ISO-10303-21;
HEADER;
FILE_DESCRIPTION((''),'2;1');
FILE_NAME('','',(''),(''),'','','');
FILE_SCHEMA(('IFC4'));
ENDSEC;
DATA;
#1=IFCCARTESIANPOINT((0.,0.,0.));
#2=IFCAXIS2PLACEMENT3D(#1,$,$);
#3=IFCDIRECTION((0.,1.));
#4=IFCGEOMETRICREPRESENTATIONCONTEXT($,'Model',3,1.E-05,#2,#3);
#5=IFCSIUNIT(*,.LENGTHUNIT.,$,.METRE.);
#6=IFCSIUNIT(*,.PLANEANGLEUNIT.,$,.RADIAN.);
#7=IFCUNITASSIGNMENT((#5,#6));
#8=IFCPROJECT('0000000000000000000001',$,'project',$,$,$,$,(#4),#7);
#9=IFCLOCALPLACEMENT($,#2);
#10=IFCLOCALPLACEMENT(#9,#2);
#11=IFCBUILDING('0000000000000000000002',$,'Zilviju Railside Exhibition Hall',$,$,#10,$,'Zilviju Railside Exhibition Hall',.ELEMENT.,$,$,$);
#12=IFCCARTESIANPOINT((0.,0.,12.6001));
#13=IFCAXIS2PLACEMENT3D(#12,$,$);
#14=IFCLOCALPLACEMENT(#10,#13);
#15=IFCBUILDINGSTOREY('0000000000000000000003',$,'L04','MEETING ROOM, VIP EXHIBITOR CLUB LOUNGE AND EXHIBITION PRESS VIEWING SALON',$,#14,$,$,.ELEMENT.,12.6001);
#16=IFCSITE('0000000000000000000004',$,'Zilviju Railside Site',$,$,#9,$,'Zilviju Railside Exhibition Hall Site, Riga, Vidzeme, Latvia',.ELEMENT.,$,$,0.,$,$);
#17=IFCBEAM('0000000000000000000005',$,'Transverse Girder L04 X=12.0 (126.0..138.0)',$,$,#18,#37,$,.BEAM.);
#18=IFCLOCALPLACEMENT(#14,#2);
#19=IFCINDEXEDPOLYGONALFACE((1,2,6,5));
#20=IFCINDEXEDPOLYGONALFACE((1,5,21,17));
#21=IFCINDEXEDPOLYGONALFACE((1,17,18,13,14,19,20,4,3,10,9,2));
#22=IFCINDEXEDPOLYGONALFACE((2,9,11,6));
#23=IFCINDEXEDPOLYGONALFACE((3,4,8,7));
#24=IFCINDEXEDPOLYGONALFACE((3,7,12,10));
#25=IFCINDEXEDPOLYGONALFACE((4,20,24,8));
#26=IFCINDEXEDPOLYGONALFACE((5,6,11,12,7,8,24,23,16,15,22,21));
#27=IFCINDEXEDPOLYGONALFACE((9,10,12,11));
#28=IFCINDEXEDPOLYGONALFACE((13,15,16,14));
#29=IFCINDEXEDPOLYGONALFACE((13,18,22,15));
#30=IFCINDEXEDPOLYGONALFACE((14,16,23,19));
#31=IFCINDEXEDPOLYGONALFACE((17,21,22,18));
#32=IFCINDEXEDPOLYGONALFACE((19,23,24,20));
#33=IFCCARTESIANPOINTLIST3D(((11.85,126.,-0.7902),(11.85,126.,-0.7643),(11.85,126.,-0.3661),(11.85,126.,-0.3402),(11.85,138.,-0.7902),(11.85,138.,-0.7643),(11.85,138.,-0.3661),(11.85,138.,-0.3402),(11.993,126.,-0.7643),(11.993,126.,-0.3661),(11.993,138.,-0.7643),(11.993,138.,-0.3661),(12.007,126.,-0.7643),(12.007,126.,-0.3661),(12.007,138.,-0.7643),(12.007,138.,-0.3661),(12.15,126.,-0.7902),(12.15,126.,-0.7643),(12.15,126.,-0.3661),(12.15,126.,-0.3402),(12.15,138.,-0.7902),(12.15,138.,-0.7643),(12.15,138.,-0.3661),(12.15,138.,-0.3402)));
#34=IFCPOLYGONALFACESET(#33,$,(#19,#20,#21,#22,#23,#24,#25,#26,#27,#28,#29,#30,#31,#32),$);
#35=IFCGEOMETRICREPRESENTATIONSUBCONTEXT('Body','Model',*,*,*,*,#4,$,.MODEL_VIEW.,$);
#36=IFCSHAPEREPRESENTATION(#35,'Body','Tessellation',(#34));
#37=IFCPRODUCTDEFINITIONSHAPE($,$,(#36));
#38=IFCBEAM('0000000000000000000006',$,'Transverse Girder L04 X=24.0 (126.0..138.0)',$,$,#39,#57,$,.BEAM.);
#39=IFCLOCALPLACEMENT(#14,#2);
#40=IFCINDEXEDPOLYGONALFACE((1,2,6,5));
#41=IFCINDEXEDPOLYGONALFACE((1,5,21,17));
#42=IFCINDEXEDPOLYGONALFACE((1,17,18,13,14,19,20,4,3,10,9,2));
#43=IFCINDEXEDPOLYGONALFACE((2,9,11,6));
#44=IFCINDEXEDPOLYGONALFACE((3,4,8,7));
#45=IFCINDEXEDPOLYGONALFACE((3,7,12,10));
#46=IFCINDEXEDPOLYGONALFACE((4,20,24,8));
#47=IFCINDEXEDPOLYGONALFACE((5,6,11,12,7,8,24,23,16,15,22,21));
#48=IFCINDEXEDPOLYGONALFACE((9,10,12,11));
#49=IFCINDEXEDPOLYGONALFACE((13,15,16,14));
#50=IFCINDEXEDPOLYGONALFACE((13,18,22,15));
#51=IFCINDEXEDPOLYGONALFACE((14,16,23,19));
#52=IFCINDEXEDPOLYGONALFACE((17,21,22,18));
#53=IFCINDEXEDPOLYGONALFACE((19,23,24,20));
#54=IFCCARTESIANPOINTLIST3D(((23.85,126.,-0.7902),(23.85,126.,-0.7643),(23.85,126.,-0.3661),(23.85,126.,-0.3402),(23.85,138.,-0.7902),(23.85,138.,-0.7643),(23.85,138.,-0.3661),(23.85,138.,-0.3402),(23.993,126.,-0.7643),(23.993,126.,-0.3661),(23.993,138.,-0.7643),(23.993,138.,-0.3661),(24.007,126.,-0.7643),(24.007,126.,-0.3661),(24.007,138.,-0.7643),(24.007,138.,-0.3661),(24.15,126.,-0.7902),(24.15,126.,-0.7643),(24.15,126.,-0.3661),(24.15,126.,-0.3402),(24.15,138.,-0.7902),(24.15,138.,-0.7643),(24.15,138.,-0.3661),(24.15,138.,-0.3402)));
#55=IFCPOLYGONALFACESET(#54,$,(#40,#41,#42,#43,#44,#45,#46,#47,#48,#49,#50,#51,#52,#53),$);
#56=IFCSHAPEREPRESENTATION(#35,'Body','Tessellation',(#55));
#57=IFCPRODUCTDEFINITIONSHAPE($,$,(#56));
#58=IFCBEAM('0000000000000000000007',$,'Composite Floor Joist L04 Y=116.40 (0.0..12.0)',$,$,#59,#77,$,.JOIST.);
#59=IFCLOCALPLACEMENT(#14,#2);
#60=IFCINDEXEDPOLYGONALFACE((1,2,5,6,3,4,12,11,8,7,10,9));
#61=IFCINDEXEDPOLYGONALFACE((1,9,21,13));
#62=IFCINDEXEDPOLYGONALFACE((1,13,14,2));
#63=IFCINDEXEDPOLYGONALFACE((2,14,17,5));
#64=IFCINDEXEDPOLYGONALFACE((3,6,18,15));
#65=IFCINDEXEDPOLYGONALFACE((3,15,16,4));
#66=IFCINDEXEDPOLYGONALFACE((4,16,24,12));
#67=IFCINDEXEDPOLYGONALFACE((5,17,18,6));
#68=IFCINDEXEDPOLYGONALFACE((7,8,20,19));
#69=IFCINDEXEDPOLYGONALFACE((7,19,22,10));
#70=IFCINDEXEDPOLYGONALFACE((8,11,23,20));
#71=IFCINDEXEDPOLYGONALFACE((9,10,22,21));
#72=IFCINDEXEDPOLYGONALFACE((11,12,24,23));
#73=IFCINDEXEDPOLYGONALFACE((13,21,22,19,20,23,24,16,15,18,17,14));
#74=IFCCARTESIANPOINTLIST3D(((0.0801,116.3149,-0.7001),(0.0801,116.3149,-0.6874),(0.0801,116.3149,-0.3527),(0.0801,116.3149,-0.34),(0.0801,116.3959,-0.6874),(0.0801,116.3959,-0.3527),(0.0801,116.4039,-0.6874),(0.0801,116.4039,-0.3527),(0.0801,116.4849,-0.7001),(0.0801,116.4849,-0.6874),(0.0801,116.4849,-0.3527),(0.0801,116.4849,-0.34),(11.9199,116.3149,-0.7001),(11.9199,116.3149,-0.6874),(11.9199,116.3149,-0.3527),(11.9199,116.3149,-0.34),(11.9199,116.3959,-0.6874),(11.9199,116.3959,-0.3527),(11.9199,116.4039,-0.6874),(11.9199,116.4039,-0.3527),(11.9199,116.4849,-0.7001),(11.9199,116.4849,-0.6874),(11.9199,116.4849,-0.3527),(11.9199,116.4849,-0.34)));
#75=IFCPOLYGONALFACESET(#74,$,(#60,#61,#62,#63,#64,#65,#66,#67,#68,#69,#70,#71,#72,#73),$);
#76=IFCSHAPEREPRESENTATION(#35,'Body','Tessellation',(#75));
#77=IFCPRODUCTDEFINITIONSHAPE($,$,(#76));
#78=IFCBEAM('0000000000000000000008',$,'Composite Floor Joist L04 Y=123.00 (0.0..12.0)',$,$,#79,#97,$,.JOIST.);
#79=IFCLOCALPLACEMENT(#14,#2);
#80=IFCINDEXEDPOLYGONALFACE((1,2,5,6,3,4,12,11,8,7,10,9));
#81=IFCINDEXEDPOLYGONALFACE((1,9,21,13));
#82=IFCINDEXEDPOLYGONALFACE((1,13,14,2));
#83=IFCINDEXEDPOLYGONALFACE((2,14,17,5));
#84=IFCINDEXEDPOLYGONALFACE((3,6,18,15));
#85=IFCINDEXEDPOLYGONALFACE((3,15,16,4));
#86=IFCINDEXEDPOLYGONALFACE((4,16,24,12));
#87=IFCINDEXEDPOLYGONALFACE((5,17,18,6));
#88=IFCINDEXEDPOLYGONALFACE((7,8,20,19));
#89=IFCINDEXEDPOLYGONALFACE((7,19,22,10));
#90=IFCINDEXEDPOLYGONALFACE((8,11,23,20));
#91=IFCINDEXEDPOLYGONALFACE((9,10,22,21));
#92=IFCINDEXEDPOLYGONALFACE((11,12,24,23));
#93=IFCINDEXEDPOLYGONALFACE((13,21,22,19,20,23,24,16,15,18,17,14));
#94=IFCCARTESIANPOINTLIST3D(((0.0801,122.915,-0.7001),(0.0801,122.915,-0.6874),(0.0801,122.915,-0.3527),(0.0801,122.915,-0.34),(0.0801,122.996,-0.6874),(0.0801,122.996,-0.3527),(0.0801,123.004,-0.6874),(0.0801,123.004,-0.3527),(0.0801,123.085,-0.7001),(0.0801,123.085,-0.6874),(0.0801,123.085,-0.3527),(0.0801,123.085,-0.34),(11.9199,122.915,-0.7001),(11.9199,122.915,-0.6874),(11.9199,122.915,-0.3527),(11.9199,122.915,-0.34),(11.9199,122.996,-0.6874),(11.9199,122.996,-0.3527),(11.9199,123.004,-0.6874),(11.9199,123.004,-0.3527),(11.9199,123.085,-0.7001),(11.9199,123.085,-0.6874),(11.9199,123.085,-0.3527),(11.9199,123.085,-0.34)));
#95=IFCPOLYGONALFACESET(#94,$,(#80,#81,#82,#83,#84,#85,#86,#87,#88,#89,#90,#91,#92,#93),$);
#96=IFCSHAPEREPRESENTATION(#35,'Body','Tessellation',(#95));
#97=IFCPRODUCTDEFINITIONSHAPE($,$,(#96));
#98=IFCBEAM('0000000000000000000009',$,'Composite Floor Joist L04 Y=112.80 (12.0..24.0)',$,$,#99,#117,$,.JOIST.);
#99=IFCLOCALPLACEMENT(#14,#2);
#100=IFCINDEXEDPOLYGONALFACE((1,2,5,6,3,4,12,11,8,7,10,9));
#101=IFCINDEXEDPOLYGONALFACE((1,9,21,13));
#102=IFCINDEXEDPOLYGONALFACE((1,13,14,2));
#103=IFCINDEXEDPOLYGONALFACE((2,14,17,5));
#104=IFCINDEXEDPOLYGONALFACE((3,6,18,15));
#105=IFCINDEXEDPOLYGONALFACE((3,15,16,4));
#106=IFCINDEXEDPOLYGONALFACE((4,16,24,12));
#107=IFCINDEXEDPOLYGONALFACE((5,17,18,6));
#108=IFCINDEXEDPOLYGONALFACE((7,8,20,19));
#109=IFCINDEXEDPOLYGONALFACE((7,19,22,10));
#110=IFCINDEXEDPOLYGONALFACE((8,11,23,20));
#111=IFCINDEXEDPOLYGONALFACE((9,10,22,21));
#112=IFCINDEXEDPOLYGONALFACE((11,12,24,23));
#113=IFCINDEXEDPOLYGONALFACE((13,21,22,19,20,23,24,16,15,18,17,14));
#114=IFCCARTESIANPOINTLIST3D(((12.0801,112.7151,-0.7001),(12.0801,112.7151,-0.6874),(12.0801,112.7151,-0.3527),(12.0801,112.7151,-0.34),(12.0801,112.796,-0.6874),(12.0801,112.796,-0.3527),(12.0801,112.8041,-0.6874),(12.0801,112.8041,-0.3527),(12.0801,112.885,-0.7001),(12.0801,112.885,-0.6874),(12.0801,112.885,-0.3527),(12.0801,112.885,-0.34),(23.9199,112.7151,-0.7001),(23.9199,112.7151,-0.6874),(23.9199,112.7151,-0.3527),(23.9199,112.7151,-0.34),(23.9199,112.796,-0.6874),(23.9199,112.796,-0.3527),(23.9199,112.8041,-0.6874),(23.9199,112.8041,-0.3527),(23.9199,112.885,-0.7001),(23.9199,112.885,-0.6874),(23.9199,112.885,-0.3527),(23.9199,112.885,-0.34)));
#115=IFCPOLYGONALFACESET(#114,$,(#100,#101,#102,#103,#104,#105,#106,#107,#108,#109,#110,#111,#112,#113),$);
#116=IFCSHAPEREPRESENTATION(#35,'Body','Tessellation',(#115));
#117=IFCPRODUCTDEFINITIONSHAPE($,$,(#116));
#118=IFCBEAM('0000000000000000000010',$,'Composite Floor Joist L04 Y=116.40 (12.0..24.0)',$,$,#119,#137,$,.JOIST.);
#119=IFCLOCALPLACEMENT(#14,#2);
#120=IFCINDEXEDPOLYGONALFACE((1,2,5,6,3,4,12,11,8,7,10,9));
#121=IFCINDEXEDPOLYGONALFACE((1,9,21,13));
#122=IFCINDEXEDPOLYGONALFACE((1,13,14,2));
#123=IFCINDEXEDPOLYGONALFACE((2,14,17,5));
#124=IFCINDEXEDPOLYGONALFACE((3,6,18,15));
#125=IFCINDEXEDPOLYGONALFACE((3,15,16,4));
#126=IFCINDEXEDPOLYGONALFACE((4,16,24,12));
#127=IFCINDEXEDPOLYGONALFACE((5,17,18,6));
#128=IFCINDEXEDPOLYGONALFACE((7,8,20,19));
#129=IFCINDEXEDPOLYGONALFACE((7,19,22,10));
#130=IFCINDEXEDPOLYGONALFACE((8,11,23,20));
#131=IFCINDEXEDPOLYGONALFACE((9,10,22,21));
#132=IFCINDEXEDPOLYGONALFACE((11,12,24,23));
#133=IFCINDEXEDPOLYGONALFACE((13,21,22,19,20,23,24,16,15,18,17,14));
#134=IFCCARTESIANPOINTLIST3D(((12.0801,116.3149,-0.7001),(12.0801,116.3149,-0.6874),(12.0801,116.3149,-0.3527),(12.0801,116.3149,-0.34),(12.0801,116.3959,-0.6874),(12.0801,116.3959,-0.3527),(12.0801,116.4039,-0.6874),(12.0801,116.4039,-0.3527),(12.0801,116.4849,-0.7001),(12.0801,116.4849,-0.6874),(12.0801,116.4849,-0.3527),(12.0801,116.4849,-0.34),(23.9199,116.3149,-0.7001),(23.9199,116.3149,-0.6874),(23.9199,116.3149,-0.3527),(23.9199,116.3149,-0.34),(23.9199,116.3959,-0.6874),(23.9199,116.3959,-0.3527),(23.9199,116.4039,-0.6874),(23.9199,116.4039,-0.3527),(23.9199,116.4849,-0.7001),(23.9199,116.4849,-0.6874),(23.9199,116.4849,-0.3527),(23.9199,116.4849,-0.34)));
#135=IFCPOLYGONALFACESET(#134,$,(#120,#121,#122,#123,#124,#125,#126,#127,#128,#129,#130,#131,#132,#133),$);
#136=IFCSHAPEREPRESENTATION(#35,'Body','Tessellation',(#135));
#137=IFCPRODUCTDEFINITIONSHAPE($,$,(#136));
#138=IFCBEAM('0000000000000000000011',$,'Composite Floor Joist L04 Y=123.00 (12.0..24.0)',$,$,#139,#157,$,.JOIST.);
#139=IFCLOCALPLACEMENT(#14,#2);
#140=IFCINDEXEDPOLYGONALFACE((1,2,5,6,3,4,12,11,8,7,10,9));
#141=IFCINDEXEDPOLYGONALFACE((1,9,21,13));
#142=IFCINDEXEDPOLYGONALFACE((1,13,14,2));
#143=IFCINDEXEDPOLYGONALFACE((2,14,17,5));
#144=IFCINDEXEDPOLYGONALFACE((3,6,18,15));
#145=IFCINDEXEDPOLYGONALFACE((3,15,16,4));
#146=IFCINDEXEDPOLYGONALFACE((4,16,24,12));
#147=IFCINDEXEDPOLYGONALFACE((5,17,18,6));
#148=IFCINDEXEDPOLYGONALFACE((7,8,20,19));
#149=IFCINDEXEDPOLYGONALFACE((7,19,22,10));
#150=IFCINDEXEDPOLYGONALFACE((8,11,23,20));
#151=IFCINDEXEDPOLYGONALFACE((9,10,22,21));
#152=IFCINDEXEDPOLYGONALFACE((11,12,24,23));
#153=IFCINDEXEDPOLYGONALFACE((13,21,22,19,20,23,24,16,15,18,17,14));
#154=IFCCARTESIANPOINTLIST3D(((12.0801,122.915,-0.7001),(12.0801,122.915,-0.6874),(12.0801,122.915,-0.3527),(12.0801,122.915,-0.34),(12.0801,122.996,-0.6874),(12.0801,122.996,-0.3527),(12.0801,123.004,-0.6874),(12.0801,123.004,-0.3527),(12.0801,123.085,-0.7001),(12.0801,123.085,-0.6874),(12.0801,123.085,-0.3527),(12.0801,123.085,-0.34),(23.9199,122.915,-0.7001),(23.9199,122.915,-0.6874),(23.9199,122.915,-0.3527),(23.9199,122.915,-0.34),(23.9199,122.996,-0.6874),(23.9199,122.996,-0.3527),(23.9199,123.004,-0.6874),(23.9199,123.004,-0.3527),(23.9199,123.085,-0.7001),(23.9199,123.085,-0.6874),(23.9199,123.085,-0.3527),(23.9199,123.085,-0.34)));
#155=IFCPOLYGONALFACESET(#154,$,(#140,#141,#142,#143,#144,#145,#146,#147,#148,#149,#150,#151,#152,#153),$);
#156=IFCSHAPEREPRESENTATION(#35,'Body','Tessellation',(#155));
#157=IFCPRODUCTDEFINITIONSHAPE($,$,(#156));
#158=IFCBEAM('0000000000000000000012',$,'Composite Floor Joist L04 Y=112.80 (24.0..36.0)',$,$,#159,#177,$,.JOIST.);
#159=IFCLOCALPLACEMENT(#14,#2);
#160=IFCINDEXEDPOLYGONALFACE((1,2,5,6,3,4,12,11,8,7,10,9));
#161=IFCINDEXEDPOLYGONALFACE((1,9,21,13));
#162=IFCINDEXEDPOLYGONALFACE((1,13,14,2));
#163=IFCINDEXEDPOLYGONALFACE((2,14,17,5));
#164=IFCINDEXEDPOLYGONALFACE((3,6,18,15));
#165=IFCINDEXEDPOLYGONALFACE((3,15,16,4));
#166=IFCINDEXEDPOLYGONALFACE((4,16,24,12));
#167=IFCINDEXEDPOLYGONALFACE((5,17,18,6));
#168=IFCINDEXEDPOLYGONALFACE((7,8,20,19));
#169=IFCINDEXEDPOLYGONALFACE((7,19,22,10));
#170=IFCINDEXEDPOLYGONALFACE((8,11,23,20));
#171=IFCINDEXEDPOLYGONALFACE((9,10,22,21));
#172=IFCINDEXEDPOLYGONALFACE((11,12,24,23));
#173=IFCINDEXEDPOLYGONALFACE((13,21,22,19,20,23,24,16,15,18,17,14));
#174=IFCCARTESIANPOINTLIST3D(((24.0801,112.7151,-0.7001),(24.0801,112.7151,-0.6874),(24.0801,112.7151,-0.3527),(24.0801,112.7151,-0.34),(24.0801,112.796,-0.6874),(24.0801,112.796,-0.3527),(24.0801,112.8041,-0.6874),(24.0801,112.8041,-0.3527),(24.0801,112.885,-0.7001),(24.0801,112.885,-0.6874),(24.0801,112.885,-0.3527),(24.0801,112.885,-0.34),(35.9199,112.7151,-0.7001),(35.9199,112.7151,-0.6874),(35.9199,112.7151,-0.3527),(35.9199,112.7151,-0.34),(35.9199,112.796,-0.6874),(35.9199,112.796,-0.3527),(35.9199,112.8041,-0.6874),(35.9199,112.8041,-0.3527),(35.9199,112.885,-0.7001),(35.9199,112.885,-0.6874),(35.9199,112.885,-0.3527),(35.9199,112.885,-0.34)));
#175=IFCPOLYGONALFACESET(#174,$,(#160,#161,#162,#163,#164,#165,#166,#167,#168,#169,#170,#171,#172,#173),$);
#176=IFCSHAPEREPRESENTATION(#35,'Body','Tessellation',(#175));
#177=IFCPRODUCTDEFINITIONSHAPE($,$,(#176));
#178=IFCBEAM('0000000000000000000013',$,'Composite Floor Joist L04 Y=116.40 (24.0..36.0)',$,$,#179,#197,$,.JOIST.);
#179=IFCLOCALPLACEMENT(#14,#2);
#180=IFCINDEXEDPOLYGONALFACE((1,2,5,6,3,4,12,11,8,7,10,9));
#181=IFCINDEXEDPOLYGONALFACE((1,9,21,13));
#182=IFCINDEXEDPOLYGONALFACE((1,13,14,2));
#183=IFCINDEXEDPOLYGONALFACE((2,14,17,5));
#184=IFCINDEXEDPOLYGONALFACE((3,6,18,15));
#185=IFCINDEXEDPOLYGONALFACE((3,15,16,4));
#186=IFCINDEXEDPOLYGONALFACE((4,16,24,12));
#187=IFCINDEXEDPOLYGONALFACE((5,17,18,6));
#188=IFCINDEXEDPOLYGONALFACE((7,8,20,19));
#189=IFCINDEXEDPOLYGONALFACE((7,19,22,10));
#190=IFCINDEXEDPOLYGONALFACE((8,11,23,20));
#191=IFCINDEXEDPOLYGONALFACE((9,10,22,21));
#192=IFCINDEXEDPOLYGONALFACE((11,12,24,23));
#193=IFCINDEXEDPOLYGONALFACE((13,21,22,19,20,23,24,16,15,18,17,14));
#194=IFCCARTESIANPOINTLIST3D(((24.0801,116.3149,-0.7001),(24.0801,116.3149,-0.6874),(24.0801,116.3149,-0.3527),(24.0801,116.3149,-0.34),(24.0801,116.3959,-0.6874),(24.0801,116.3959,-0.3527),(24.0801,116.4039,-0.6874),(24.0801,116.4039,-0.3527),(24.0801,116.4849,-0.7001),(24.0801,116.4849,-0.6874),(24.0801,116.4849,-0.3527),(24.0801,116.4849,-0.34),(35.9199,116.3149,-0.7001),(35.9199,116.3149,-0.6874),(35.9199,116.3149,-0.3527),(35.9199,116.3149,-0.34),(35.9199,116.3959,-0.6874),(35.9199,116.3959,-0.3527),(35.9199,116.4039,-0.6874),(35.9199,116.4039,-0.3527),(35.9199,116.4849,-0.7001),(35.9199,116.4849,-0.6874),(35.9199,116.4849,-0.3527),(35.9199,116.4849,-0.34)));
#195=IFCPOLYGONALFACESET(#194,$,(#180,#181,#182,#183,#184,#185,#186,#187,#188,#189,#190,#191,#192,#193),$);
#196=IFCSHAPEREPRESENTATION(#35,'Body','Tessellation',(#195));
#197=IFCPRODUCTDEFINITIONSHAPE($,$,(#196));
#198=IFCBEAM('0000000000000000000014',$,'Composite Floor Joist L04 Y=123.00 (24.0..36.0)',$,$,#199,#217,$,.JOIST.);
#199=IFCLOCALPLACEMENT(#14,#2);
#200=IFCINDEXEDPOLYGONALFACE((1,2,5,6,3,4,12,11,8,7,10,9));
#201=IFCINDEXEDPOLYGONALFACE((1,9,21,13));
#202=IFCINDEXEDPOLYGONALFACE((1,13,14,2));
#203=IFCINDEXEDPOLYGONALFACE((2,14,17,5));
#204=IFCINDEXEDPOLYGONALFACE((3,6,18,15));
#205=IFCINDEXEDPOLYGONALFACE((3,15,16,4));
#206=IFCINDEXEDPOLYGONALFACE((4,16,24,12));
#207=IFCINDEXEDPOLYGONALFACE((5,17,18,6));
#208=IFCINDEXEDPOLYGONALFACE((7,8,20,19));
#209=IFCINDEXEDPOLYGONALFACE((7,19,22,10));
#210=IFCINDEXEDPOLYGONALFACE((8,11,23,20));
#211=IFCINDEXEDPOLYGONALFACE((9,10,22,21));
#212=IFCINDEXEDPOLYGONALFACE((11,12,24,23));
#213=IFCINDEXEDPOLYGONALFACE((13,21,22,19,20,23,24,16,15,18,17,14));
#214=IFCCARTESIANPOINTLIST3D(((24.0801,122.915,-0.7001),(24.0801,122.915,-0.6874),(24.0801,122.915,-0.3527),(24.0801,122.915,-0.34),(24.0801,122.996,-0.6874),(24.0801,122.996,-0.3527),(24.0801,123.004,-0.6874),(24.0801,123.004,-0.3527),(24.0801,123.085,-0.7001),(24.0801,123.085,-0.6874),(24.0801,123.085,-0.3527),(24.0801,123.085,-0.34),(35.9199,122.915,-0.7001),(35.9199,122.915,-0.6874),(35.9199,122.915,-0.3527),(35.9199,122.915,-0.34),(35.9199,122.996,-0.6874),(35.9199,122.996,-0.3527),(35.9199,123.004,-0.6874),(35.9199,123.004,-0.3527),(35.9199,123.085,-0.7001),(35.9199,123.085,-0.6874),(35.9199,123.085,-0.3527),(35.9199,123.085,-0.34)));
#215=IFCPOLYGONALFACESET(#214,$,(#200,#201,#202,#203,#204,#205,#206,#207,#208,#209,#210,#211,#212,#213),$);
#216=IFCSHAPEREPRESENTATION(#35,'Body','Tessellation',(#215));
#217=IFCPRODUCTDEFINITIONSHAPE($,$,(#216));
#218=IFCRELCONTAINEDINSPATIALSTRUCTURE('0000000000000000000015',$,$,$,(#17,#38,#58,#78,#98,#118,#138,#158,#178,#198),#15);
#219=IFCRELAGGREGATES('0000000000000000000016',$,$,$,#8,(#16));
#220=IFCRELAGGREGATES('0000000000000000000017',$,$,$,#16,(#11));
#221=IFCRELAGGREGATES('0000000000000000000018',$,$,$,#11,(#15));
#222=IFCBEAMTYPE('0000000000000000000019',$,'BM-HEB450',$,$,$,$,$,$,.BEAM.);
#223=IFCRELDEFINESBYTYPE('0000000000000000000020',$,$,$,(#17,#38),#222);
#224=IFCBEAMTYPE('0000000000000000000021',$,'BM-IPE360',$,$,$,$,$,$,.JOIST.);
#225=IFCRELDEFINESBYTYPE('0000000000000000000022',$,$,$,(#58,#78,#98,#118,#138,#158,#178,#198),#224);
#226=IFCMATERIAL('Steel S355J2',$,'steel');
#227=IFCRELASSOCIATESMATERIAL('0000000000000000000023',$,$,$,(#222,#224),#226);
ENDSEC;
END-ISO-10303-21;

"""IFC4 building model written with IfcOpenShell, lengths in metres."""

from ifc_helpers import new_model, si_unit, direction, frame, origin, origin_2d, place, context, subcontext, project, spatial, i_section, extrude, material, material_profile, profile_set, type_object, element, save


model = new_model("IFC4")

# Units and contexts
model_context = context("Model", 3, precision=1e-05, world=origin(), true_north=direction((0.0, 1.0)))
body_context = subcontext(model_context, "Body", "Model", "MODEL_VIEW")
ifc_project = project(units=[si_unit("LENGTHUNIT", "METRE"), si_unit("PLANEANGLEUNIT", "RADIAN")], contexts=[model_context])

# Site, building, storey
site_placement = place(None, origin())
site = spatial("IfcSite", under=ifc_project, at=site_placement, Name="Zilviju Railside Site", LongName="Zilviju Railside Exhibition Hall Site, Riga, Vidzeme, Latvia", CompositionType="ELEMENT", RefElevation=0.0)
building_placement = place(site_placement, origin())
building = spatial("IfcBuilding", under=site, at=building_placement, Name="Zilviju Railside Exhibition Hall", LongName="Zilviju Railside Exhibition Hall", CompositionType="ELEMENT")
storey_placement = place(building_placement, frame((0.0, 0.0, 12.6001)))
storey = spatial("IfcBuildingStorey", under=building, at=storey_placement, Name="L04", Description="MEETING ROOM, VIP EXHIBITOR CLUB LOUNGE AND EXHIBITION PRESS VIEWING SALON", CompositionType="ELEMENT", Elevation=12.6001)

# Beams
ifc_material_1 = material(Name="Steel S355J2", Category="steel")
ifc_material_profile_1 = material_profile(ifc_material_1, i_section(OverallWidth=0.3, OverallDepth=0.45, WebThickness=0.0139, FlangeThickness=0.0259, at=origin_2d()), Name="HEB 450")
ifc_profile_set_1 = profile_set([ifc_material_profile_1], Name="Steel S355J2")
beam_type_1 = type_object("IfcBeamType", Name="BM-HEB450", PredefinedType="BEAM", material=ifc_profile_set_1)
for number, where, z_axis, x_axis, name in (
    (1, (12.0, 126.0, -0.5652), (0.0, 1.0, 0.0), (-1.0, 0.0, 0.0), "Transverse Girder L04 X=12.0 (126.0..138.0)"),
    (2, (24.0, 126.0, -0.5652), (0.0, 1.0, 0.0), (-1.0, 0.0, 0.0), "Transverse Girder L04 X=24.0 (126.0..138.0)"),
):
    element("IfcBeam", number, at=place(storey_placement, frame(where, z_axis=z_axis, x_axis=x_axis)), inside=storey, type_object=beam_type_1, Name=name, PredefinedType="BEAM", context=body_context, shape_type="SweptSolid", body=[
        extrude(i_section(OverallWidth=0.3, OverallDepth=0.45, WebThickness=0.0139, FlangeThickness=0.0259, at=origin_2d()), origin(), (0.0, 0.0, 1.0), 12.0),
    ])
ifc_material_profile_2 = material_profile(ifc_material_1, i_section(OverallWidth=0.1699, OverallDepth=0.3601, WebThickness=0.0081, FlangeThickness=0.0127, at=origin_2d()), Name="IPE 360")
ifc_profile_set_2 = profile_set([ifc_material_profile_2], Name="Steel S355J2")
beam_type_2 = type_object("IfcBeamType", Name="BM-IPE360", PredefinedType="JOIST", material=ifc_profile_set_2)
for number, where, z_axis, x_axis, name in (
    (3, (0.0801, 116.3999, -0.52), (1.0, 0.0, 0.0), (0.0, 1.0, 0.0), "Composite Floor Joist L04 Y=116.40 (0.0..12.0)"),
    (4, (0.0801, 123.0, -0.52), (1.0, 0.0, 0.0), (0.0, 1.0, 0.0), "Composite Floor Joist L04 Y=123.00 (0.0..12.0)"),
    (5, (12.0801, 112.8, -0.52), (1.0, 0.0, 0.0), (0.0, 1.0, 0.0), "Composite Floor Joist L04 Y=112.80 (12.0..24.0)"),
    (6, (12.0801, 116.3999, -0.52), (1.0, 0.0, 0.0), (0.0, 1.0, 0.0), "Composite Floor Joist L04 Y=116.40 (12.0..24.0)"),
    (7, (12.0801, 123.0, -0.52), (1.0, 0.0, 0.0), (0.0, 1.0, 0.0), "Composite Floor Joist L04 Y=123.00 (12.0..24.0)"),
    (8, (24.0801, 112.8, -0.52), (1.0, 0.0, 0.0), (0.0, 1.0, 0.0), "Composite Floor Joist L04 Y=112.80 (24.0..36.0)"),
    (9, (24.0801, 116.3999, -0.52), (1.0, 0.0, 0.0), (0.0, 1.0, 0.0), "Composite Floor Joist L04 Y=116.40 (24.0..36.0)"),
    (10, (24.0801, 123.0, -0.52), (1.0, 0.0, 0.0), (0.0, 1.0, 0.0), "Composite Floor Joist L04 Y=123.00 (24.0..36.0)"),
):
    element("IfcBeam", number, at=place(storey_placement, frame(where, z_axis=z_axis, x_axis=x_axis)), inside=storey, type_object=beam_type_2, Name=name, PredefinedType="JOIST", context=body_context, shape_type="SweptSolid", body=[
        extrude(i_section(OverallWidth=0.1699, OverallDepth=0.3601, WebThickness=0.0081, FlangeThickness=0.0127, at=origin_2d()), origin(), (0.0, 0.0, 1.0), 11.8398),
    ])

save(model, "model.ifc")
